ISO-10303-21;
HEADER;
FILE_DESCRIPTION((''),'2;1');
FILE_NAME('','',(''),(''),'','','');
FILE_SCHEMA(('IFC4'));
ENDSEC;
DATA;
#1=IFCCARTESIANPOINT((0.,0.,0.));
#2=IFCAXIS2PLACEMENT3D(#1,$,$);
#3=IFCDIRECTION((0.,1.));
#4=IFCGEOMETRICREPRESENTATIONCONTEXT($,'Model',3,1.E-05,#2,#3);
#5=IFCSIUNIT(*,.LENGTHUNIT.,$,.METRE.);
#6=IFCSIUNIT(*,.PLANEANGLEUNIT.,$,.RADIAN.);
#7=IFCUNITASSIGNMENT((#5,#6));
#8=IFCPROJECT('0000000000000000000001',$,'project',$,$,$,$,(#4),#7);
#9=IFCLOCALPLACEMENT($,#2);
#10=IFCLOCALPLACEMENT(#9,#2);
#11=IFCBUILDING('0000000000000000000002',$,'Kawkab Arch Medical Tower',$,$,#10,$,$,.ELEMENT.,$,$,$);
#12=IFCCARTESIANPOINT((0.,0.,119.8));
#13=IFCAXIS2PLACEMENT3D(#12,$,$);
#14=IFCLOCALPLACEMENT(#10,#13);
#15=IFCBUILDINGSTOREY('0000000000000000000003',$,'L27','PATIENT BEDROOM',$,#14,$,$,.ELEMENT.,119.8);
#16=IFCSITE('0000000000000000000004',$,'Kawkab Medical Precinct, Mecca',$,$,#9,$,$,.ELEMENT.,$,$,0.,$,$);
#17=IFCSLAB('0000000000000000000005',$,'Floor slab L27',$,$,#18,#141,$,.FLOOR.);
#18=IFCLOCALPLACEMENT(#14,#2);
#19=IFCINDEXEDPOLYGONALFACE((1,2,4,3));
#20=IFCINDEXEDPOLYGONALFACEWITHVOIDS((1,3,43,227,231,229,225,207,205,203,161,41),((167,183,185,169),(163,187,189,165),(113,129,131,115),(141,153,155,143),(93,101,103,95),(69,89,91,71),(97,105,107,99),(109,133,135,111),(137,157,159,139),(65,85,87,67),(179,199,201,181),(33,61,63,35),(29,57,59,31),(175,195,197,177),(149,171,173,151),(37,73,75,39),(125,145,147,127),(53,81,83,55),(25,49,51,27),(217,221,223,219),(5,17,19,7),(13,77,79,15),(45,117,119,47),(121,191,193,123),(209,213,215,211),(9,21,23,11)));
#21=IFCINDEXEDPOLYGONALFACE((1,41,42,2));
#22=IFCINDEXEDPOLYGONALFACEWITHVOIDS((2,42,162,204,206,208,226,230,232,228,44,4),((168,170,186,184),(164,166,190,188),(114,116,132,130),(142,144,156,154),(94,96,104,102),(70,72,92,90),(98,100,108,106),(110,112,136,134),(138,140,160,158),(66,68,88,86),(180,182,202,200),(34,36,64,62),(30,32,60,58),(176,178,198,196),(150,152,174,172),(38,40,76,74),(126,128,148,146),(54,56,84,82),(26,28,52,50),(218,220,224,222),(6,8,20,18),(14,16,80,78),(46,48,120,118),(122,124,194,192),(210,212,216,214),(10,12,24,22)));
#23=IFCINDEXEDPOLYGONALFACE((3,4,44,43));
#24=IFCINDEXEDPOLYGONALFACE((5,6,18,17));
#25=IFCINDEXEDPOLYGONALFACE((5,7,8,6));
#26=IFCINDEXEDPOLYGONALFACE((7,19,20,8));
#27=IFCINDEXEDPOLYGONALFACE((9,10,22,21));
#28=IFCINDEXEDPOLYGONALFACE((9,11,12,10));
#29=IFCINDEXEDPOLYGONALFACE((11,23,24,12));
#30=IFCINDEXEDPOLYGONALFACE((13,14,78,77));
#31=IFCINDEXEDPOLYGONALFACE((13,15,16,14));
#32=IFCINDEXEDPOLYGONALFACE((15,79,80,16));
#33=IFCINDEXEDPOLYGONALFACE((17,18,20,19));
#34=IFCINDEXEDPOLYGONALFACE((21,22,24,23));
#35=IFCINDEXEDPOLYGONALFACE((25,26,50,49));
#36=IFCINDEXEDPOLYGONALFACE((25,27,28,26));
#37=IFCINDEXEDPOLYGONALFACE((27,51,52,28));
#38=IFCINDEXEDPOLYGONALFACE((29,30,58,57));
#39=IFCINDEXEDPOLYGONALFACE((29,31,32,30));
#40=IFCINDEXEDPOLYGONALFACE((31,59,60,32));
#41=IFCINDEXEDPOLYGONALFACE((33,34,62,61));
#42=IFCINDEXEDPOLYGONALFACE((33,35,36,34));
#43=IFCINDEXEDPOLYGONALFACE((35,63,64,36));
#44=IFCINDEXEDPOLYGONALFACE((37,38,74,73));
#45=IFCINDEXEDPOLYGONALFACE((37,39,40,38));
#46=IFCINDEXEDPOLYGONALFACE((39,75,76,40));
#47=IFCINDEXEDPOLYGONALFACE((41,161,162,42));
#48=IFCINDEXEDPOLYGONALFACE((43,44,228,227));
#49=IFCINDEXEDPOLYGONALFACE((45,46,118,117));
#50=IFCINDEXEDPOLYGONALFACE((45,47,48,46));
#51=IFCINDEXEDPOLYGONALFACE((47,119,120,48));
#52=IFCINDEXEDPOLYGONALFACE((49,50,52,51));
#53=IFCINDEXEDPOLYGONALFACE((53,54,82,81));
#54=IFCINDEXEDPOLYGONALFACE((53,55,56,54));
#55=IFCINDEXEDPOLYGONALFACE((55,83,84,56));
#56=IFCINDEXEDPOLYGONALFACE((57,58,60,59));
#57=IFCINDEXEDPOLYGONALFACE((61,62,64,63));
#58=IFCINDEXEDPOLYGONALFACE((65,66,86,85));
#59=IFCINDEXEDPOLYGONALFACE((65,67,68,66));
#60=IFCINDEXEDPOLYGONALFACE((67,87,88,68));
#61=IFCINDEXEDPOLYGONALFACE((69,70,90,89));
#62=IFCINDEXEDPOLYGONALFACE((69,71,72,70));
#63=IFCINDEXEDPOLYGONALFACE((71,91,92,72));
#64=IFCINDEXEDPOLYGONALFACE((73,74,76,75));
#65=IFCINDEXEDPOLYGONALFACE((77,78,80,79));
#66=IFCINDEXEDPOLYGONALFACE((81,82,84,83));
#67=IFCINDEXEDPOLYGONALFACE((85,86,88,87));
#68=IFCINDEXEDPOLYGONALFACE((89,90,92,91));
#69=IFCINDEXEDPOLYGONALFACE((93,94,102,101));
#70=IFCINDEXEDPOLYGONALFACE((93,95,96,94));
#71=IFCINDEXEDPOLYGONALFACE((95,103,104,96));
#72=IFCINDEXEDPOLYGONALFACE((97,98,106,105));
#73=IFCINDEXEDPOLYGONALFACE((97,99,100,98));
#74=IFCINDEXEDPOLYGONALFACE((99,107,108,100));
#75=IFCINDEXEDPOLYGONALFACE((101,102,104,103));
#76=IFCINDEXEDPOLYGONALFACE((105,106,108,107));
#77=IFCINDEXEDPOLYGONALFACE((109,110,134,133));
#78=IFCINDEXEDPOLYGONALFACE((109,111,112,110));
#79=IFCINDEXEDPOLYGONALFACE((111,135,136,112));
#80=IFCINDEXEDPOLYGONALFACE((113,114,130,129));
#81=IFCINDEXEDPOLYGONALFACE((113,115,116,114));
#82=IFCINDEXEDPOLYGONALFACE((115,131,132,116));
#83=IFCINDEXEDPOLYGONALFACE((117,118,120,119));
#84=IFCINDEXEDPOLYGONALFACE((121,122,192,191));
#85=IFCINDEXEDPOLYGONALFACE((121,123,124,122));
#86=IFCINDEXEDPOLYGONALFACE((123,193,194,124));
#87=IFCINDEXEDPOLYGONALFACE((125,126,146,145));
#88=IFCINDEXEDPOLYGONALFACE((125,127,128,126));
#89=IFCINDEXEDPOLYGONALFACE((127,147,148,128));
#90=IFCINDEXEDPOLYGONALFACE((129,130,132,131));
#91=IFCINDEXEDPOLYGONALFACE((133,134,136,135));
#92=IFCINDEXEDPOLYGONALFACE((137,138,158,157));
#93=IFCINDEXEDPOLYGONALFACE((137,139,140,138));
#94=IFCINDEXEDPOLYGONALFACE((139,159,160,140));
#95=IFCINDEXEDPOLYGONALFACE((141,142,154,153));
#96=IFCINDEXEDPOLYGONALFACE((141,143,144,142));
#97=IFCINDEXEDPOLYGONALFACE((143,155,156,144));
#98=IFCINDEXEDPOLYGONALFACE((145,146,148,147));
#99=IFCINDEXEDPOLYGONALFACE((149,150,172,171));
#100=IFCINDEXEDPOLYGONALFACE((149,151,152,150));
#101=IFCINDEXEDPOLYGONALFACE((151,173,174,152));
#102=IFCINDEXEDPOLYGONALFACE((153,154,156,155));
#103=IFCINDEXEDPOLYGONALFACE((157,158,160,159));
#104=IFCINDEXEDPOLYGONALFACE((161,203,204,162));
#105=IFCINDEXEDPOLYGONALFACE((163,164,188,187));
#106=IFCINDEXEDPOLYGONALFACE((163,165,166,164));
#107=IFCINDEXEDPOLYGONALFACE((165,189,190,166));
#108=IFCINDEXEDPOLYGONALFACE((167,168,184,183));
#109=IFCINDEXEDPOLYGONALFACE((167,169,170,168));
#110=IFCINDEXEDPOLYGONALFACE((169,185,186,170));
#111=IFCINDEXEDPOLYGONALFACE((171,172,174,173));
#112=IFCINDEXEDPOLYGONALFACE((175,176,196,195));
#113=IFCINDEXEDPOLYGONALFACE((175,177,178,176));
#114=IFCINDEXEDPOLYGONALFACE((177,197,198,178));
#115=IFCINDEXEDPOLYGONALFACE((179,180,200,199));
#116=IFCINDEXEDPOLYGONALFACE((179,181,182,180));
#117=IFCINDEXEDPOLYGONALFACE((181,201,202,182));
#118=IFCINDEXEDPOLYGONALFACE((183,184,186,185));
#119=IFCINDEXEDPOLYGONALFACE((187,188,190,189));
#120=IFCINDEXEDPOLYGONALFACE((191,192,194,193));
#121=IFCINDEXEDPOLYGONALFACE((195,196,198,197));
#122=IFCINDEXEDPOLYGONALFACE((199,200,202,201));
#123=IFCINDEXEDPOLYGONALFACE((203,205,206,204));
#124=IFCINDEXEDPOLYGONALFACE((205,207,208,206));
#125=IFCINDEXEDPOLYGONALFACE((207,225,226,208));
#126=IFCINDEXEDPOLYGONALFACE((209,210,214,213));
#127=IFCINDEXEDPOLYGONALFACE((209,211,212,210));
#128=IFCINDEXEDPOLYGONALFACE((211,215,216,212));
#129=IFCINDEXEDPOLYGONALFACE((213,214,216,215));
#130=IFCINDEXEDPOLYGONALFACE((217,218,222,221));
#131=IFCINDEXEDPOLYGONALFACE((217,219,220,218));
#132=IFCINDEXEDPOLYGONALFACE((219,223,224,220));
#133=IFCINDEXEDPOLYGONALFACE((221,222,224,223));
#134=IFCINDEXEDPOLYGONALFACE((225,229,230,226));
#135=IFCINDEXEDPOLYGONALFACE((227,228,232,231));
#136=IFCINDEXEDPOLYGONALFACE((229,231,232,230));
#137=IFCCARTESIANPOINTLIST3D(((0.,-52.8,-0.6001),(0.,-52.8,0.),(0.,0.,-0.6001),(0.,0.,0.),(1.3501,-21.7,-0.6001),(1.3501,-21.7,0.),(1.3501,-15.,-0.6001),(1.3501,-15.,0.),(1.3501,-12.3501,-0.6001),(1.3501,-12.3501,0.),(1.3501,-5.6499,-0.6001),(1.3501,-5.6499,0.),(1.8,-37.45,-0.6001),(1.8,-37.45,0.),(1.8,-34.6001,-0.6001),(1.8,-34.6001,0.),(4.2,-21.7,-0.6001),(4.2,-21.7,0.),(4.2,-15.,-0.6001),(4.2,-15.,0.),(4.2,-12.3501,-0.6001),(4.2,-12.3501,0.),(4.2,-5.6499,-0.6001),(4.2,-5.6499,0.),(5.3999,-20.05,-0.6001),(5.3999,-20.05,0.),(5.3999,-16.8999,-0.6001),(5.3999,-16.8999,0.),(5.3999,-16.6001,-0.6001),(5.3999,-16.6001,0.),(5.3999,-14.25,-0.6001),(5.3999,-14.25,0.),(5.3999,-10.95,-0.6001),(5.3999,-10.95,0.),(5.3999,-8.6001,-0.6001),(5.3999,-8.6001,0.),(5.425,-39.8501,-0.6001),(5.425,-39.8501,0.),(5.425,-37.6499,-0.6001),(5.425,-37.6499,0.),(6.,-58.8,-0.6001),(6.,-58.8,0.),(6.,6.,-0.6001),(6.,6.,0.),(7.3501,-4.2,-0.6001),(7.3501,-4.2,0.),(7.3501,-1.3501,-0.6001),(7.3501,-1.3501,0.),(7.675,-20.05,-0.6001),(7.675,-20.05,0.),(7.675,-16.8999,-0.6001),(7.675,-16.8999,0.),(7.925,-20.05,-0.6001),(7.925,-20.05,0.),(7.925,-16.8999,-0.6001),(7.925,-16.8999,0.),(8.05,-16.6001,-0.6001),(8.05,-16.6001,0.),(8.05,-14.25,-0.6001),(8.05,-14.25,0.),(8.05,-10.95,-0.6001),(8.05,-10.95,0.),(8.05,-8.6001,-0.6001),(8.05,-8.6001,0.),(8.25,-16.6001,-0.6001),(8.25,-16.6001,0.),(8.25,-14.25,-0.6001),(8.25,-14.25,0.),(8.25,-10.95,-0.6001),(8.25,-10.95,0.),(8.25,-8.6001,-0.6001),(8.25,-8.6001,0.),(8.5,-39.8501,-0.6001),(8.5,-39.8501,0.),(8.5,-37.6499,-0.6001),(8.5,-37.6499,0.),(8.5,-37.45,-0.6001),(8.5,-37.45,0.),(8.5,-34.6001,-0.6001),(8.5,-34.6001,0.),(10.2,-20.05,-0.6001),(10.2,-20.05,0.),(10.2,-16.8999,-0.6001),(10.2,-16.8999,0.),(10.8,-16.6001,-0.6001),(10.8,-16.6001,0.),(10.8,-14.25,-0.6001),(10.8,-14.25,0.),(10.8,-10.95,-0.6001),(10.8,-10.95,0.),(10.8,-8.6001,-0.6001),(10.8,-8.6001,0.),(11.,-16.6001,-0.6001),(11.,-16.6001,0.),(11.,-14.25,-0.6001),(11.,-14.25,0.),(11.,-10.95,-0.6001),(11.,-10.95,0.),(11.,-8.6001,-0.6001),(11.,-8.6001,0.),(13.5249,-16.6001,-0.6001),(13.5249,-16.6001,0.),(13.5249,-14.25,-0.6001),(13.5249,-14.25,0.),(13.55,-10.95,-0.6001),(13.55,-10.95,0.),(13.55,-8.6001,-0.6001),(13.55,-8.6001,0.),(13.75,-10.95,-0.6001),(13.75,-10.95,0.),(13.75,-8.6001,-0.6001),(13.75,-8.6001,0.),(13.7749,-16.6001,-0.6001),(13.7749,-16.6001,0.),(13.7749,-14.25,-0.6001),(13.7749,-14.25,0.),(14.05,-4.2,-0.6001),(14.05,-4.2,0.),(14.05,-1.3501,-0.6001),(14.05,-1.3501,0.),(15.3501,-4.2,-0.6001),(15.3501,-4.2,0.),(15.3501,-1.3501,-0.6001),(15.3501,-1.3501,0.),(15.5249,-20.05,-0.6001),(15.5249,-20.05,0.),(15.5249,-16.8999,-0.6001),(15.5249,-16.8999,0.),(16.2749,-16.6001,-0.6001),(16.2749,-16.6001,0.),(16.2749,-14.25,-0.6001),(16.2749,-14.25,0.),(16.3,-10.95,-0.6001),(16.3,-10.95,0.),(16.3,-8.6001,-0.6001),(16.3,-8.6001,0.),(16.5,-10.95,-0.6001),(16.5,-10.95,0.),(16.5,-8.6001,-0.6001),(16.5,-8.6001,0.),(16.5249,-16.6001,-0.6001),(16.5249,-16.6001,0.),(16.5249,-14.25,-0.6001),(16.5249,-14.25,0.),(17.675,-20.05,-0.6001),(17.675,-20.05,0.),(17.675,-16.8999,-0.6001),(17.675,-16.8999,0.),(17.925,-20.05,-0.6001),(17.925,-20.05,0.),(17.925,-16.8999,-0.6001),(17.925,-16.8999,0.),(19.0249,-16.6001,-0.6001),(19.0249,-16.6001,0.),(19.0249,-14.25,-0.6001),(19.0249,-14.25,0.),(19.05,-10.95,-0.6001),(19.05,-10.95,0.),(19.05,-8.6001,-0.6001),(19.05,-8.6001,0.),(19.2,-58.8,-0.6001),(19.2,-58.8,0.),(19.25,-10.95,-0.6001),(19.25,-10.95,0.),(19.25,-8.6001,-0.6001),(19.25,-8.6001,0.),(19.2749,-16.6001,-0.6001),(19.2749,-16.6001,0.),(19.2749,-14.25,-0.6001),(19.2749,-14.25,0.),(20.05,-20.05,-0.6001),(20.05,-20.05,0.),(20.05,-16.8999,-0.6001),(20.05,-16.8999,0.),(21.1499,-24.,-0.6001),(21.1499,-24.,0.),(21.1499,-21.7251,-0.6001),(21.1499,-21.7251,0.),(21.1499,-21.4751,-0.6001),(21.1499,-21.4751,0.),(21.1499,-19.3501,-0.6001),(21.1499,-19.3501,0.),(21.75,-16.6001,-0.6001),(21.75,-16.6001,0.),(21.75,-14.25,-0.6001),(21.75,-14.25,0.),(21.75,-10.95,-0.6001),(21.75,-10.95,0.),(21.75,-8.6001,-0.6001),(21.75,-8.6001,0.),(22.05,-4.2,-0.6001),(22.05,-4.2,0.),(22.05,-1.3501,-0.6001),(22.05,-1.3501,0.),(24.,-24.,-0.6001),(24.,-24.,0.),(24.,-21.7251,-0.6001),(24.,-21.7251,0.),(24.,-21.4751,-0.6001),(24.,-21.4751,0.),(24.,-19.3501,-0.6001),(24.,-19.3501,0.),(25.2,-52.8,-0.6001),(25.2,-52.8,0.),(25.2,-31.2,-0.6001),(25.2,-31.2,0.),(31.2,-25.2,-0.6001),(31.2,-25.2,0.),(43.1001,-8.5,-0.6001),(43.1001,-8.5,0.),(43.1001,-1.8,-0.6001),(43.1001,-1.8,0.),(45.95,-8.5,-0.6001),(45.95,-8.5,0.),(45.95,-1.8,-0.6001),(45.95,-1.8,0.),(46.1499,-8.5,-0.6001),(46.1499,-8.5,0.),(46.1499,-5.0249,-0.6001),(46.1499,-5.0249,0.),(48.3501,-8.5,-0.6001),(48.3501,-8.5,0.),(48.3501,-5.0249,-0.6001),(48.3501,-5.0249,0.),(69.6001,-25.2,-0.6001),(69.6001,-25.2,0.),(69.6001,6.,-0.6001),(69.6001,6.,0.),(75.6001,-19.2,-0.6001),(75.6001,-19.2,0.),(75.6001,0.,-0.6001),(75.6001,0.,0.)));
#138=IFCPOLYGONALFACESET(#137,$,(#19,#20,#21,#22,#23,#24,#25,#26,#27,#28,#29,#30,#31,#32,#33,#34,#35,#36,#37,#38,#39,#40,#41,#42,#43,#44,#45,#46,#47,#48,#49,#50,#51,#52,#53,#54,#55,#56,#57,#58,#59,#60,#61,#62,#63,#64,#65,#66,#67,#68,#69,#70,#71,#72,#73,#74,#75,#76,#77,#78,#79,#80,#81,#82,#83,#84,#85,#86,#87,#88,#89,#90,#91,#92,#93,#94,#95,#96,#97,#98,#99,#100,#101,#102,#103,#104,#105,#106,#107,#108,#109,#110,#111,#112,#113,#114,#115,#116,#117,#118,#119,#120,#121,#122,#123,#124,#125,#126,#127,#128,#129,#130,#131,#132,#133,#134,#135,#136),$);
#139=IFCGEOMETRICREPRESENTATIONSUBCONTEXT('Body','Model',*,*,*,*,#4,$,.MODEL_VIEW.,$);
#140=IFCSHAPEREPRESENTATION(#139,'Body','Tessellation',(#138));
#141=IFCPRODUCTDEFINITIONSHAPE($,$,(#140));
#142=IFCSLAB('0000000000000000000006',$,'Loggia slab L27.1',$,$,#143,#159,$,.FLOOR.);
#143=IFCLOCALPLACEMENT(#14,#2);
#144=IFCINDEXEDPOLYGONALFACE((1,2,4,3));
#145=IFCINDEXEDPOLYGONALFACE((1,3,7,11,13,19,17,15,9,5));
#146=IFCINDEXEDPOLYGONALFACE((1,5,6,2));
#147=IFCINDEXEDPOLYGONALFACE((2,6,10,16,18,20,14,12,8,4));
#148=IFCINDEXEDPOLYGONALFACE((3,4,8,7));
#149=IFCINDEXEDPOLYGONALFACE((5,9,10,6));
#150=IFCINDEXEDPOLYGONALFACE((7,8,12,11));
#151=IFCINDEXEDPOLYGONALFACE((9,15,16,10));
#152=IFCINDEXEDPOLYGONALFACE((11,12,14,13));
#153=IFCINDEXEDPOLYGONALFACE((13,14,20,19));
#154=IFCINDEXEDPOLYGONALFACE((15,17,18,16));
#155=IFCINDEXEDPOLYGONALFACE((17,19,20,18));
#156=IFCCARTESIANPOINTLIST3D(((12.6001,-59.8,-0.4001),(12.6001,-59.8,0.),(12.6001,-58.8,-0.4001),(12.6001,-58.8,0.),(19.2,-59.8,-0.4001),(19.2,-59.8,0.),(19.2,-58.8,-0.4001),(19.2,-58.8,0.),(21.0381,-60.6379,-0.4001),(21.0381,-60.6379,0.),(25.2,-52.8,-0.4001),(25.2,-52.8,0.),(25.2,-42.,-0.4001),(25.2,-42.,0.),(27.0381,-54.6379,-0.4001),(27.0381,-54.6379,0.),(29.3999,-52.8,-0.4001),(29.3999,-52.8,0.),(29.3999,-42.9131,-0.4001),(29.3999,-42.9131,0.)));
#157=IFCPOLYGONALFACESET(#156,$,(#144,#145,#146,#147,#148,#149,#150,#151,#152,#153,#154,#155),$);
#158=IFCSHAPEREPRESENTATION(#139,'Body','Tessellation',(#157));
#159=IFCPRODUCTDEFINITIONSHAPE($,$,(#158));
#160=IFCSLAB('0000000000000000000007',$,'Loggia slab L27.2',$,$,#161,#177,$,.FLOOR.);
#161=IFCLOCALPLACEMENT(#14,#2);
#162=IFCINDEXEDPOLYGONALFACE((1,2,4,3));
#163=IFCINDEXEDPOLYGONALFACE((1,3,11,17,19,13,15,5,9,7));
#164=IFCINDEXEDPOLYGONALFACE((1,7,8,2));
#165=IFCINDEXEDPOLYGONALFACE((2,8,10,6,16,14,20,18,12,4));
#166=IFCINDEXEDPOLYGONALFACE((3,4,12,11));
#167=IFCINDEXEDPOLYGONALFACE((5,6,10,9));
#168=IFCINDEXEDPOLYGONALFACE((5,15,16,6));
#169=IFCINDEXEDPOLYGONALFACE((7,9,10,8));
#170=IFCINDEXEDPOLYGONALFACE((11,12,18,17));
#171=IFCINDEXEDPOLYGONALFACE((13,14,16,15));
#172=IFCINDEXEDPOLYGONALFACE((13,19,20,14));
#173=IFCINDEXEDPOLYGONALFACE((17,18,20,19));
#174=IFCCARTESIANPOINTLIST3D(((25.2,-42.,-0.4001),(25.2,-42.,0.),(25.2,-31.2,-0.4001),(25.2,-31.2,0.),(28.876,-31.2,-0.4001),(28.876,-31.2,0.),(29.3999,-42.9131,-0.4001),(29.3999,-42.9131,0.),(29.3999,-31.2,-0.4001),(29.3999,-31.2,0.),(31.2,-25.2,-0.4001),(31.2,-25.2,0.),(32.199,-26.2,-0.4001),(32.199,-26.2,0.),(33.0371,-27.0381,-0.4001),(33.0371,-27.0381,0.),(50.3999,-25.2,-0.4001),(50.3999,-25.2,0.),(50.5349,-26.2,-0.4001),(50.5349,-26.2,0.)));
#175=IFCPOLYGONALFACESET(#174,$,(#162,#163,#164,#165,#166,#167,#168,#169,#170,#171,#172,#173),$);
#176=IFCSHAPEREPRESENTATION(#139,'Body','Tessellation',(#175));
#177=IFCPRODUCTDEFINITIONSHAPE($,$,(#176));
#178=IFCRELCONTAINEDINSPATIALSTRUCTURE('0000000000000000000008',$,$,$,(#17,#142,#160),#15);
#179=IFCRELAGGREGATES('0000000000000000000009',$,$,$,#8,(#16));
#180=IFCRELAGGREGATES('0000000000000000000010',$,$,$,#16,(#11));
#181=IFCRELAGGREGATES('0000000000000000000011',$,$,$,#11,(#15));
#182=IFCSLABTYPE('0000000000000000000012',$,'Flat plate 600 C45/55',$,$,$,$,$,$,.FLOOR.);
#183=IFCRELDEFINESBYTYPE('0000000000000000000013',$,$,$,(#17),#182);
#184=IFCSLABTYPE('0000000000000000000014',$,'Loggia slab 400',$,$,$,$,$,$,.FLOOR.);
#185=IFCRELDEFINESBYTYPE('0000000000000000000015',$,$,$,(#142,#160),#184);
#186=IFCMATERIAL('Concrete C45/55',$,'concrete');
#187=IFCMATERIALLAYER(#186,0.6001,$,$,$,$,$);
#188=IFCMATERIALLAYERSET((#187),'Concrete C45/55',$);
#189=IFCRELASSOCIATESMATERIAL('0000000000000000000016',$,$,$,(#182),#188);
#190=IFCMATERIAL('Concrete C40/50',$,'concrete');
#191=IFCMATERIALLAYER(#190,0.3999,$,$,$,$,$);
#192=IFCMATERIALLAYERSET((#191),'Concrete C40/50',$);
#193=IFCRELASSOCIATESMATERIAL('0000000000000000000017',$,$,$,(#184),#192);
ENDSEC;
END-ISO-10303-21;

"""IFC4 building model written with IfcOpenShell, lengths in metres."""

from ifc_helpers import new_model, si_unit, direction, frame, origin, place, context, subcontext, project, spatial, polyline, outline, extrude, material, layer, layer_set, type_object, element, save


model = new_model("IFC4")

# Units and contexts
model_context = context("Model", 3, precision=1e-05, world=origin(), true_north=direction((0.0, 1.0)))
body_context = subcontext(model_context, "Body", "Model", "MODEL_VIEW")
ifc_project = project(units=[si_unit("LENGTHUNIT", "METRE"), si_unit("PLANEANGLEUNIT", "RADIAN")], contexts=[model_context])

# Site, building, storey
site_placement = place(None, origin())
site = spatial("IfcSite", under=ifc_project, at=site_placement, Name="Kawkab Medical Precinct, Mecca", CompositionType="ELEMENT", RefElevation=0.0)
building_placement = place(site_placement, origin())
building = spatial("IfcBuilding", under=site, at=building_placement, Name="Kawkab Arch Medical Tower", CompositionType="ELEMENT")
storey_placement = place(building_placement, frame((0.0, 0.0, 119.8)))
storey = spatial("IfcBuildingStorey", under=building, at=storey_placement, Name="L27", Description="PATIENT BEDROOM", CompositionType="ELEMENT", Elevation=119.8)

# Slabs
ifc_material_1 = material(Name="Concrete C45/55", Category="concrete")
ifc_layer_1 = layer(ifc_material_1, 0.6001)
ifc_layer_set_1 = layer_set([ifc_layer_1], Name="Concrete C45/55")
slab_type_1 = type_object("IfcSlabType", Name="Flat plate 600 C45/55", PredefinedType="FLOOR", material=ifc_layer_set_1)
slab_1_placement = place(storey_placement, frame((0.0, 0.0, -0.6001)))
element("IfcSlab", 1, at=slab_1_placement, inside=storey, type_object=slab_type_1, Name="Floor slab L27", PredefinedType="FLOOR", context=body_context, shape_type="SweptSolid", body=[
    extrude(outline(polyline([(6.0, 6.0), (69.6001, 6.0), (75.6001, 0.0), (75.6001, -19.2), (69.6001, -25.2), (31.2, -25.2), (25.2, -31.2), (25.2, -52.8), (19.2, -58.8), (6.0, -58.8), (0.0, -52.8), (0.0, 0.0), (6.0, 6.0)]), holes=[polyline([(5.425, -37.6499), (5.425, -39.8501), (8.5, -39.8501), (8.5, -37.6499), (5.425, -37.6499)]), polyline([(1.8, -37.45), (8.5, -37.45), (8.5, -34.6001), (1.8, -34.6001), (1.8, -37.45)]), polyline([(5.3999, -16.8999), (5.3999, -20.05), (7.675, -20.05), (7.675, -16.8999), (5.3999, -16.8999)]), polyline([(10.2, -16.8999), (7.925, -16.8999), (7.925, -20.05), (10.2, -20.05), (10.2, -16.8999)]), polyline([(4.2, -21.7), (4.2, -15.0), (1.3501, -15.0), (1.3501, -21.7), (4.2, -21.7)]), polyline([(5.3999, -14.25), (5.3999, -16.6001), (8.05, -16.6001), (8.05, -14.25), (5.3999, -14.25)]), polyline([(10.8, -16.6001), (10.8, -14.25), (8.25, -14.25), (8.25, -16.6001), (10.8, -16.6001)]), polyline([(13.5249, -14.25), (11.0, -14.25), (11.0, -16.6001), (13.5249, -16.6001), (13.5249, -14.25)]), polyline([(5.3999, -8.6001), (5.3999, -10.95), (8.05, -10.95), (8.05, -8.6001), (5.3999, -8.6001)]), polyline([(10.8, -10.95), (10.8, -8.6001), (8.25, -8.6001), (8.25, -10.95), (10.8, -10.95)]), polyline([(11.0, -8.6001), (11.0, -10.95), (13.55, -10.95), (13.55, -8.6001), (11.0, -8.6001)]), polyline([(4.2, -12.3501), (4.2, -5.6499), (1.3501, -5.6499), (1.3501, -12.3501), (4.2, -12.3501)]), polyline([(7.3501, -4.2), (14.05, -4.2), (14.05, -1.3501), (7.3501, -1.3501), (7.3501, -4.2)]), polyline([(24.0, -21.7251), (21.1499, -21.7251), (21.1499, -24.0), (24.0, -24.0), (24.0, -21.7251)]), polyline([(24.0, -21.4751), (24.0, -19.3501), (21.1499, -19.3501), (21.1499, -21.4751), (24.0, -21.4751)]), polyline([(17.675, -16.8999), (15.5249, -16.8999), (15.5249, -20.05), (17.675, -20.05), (17.675, -16.8999)]), polyline([(17.925, -16.8999), (17.925, -20.05), (20.05, -20.05), (20.05, -16.8999), (17.925, -16.8999)]), polyline([(16.2749, -16.6001), (16.2749, -14.25), (13.7749, -14.25), (13.7749, -16.6001), (16.2749, -16.6001)]), polyline([(19.0249, -16.6001), (19.0249, -14.25), (16.5249, -14.25), (16.5249, -16.6001), (19.0249, -16.6001)]), polyline([(19.2749, -14.25), (19.2749, -16.6001), (21.75, -16.6001), (21.75, -14.25), (19.2749, -14.25)]), polyline([(16.3, -8.6001), (13.75, -8.6001), (13.75, -10.95), (16.3, -10.95), (16.3, -8.6001)]), polyline([(19.05, -8.6001), (16.5, -8.6001), (16.5, -10.95), (19.05, -10.95), (19.05, -8.6001)]), polyline([(19.25, -8.6001), (19.25, -10.95), (21.75, -10.95), (21.75, -8.6001), (19.25, -8.6001)]), polyline([(46.1499, -5.0249), (46.1499, -8.5), (48.3501, -8.5), (48.3501, -5.0249), (46.1499, -5.0249)]), polyline([(43.1001, -1.8), (43.1001, -8.5), (45.95, -8.5), (45.95, -1.8), (43.1001, -1.8)]), polyline([(22.05, -1.3501), (15.3501, -1.3501), (15.3501, -4.2), (22.05, -4.2), (22.05, -1.3501)])]), origin(), (0.0, 0.0, 1.0), 0.6001),
])
ifc_material_2 = material(Name="Concrete C40/50", Category="concrete")
ifc_layer_2 = layer(ifc_material_2, 0.3999)
ifc_layer_set_2 = layer_set([ifc_layer_2], Name="Concrete C40/50")
slab_type_2 = type_object("IfcSlabType", Name="Loggia slab 400", PredefinedType="FLOOR", material=ifc_layer_set_2)
placement_1 = place(storey_placement, frame((0.0, 0.0, -0.4001)))
element("IfcSlab", 2, at=placement_1, inside=storey, type_object=slab_type_2, Name="Loggia slab L27.1", PredefinedType="FLOOR", context=body_context, shape_type="SweptSolid", body=[
    extrude(outline(polyline([(19.2, -59.8), (12.6001, -59.8), (12.6001, -58.8), (19.2, -58.8), (25.2, -52.8), (25.2, -42.0), (29.3999, -42.9131), (29.3999, -52.8), (27.0381, -54.6379), (21.0381, -60.6379), (19.2, -59.8)])), origin(), (0.0, 0.0, 1.0), 0.4001),
])
element("IfcSlab", 3, at=placement_1, inside=storey, type_object=slab_type_2, Name="Loggia slab L27.2", PredefinedType="FLOOR", context=body_context, shape_type="SweptSolid", body=[
    extrude(outline(polyline([(33.0371, -27.0381), (28.876, -31.2), (29.3999, -31.2), (29.3999, -42.9131), (25.2, -42.0), (25.2, -31.2), (31.2, -25.2), (50.3999, -25.2), (50.5349, -26.2), (32.199, -26.2), (33.0371, -27.0381)])), origin(), (0.0, 0.0, 1.0), 0.4001),
])

save(model, "model.ifc")
